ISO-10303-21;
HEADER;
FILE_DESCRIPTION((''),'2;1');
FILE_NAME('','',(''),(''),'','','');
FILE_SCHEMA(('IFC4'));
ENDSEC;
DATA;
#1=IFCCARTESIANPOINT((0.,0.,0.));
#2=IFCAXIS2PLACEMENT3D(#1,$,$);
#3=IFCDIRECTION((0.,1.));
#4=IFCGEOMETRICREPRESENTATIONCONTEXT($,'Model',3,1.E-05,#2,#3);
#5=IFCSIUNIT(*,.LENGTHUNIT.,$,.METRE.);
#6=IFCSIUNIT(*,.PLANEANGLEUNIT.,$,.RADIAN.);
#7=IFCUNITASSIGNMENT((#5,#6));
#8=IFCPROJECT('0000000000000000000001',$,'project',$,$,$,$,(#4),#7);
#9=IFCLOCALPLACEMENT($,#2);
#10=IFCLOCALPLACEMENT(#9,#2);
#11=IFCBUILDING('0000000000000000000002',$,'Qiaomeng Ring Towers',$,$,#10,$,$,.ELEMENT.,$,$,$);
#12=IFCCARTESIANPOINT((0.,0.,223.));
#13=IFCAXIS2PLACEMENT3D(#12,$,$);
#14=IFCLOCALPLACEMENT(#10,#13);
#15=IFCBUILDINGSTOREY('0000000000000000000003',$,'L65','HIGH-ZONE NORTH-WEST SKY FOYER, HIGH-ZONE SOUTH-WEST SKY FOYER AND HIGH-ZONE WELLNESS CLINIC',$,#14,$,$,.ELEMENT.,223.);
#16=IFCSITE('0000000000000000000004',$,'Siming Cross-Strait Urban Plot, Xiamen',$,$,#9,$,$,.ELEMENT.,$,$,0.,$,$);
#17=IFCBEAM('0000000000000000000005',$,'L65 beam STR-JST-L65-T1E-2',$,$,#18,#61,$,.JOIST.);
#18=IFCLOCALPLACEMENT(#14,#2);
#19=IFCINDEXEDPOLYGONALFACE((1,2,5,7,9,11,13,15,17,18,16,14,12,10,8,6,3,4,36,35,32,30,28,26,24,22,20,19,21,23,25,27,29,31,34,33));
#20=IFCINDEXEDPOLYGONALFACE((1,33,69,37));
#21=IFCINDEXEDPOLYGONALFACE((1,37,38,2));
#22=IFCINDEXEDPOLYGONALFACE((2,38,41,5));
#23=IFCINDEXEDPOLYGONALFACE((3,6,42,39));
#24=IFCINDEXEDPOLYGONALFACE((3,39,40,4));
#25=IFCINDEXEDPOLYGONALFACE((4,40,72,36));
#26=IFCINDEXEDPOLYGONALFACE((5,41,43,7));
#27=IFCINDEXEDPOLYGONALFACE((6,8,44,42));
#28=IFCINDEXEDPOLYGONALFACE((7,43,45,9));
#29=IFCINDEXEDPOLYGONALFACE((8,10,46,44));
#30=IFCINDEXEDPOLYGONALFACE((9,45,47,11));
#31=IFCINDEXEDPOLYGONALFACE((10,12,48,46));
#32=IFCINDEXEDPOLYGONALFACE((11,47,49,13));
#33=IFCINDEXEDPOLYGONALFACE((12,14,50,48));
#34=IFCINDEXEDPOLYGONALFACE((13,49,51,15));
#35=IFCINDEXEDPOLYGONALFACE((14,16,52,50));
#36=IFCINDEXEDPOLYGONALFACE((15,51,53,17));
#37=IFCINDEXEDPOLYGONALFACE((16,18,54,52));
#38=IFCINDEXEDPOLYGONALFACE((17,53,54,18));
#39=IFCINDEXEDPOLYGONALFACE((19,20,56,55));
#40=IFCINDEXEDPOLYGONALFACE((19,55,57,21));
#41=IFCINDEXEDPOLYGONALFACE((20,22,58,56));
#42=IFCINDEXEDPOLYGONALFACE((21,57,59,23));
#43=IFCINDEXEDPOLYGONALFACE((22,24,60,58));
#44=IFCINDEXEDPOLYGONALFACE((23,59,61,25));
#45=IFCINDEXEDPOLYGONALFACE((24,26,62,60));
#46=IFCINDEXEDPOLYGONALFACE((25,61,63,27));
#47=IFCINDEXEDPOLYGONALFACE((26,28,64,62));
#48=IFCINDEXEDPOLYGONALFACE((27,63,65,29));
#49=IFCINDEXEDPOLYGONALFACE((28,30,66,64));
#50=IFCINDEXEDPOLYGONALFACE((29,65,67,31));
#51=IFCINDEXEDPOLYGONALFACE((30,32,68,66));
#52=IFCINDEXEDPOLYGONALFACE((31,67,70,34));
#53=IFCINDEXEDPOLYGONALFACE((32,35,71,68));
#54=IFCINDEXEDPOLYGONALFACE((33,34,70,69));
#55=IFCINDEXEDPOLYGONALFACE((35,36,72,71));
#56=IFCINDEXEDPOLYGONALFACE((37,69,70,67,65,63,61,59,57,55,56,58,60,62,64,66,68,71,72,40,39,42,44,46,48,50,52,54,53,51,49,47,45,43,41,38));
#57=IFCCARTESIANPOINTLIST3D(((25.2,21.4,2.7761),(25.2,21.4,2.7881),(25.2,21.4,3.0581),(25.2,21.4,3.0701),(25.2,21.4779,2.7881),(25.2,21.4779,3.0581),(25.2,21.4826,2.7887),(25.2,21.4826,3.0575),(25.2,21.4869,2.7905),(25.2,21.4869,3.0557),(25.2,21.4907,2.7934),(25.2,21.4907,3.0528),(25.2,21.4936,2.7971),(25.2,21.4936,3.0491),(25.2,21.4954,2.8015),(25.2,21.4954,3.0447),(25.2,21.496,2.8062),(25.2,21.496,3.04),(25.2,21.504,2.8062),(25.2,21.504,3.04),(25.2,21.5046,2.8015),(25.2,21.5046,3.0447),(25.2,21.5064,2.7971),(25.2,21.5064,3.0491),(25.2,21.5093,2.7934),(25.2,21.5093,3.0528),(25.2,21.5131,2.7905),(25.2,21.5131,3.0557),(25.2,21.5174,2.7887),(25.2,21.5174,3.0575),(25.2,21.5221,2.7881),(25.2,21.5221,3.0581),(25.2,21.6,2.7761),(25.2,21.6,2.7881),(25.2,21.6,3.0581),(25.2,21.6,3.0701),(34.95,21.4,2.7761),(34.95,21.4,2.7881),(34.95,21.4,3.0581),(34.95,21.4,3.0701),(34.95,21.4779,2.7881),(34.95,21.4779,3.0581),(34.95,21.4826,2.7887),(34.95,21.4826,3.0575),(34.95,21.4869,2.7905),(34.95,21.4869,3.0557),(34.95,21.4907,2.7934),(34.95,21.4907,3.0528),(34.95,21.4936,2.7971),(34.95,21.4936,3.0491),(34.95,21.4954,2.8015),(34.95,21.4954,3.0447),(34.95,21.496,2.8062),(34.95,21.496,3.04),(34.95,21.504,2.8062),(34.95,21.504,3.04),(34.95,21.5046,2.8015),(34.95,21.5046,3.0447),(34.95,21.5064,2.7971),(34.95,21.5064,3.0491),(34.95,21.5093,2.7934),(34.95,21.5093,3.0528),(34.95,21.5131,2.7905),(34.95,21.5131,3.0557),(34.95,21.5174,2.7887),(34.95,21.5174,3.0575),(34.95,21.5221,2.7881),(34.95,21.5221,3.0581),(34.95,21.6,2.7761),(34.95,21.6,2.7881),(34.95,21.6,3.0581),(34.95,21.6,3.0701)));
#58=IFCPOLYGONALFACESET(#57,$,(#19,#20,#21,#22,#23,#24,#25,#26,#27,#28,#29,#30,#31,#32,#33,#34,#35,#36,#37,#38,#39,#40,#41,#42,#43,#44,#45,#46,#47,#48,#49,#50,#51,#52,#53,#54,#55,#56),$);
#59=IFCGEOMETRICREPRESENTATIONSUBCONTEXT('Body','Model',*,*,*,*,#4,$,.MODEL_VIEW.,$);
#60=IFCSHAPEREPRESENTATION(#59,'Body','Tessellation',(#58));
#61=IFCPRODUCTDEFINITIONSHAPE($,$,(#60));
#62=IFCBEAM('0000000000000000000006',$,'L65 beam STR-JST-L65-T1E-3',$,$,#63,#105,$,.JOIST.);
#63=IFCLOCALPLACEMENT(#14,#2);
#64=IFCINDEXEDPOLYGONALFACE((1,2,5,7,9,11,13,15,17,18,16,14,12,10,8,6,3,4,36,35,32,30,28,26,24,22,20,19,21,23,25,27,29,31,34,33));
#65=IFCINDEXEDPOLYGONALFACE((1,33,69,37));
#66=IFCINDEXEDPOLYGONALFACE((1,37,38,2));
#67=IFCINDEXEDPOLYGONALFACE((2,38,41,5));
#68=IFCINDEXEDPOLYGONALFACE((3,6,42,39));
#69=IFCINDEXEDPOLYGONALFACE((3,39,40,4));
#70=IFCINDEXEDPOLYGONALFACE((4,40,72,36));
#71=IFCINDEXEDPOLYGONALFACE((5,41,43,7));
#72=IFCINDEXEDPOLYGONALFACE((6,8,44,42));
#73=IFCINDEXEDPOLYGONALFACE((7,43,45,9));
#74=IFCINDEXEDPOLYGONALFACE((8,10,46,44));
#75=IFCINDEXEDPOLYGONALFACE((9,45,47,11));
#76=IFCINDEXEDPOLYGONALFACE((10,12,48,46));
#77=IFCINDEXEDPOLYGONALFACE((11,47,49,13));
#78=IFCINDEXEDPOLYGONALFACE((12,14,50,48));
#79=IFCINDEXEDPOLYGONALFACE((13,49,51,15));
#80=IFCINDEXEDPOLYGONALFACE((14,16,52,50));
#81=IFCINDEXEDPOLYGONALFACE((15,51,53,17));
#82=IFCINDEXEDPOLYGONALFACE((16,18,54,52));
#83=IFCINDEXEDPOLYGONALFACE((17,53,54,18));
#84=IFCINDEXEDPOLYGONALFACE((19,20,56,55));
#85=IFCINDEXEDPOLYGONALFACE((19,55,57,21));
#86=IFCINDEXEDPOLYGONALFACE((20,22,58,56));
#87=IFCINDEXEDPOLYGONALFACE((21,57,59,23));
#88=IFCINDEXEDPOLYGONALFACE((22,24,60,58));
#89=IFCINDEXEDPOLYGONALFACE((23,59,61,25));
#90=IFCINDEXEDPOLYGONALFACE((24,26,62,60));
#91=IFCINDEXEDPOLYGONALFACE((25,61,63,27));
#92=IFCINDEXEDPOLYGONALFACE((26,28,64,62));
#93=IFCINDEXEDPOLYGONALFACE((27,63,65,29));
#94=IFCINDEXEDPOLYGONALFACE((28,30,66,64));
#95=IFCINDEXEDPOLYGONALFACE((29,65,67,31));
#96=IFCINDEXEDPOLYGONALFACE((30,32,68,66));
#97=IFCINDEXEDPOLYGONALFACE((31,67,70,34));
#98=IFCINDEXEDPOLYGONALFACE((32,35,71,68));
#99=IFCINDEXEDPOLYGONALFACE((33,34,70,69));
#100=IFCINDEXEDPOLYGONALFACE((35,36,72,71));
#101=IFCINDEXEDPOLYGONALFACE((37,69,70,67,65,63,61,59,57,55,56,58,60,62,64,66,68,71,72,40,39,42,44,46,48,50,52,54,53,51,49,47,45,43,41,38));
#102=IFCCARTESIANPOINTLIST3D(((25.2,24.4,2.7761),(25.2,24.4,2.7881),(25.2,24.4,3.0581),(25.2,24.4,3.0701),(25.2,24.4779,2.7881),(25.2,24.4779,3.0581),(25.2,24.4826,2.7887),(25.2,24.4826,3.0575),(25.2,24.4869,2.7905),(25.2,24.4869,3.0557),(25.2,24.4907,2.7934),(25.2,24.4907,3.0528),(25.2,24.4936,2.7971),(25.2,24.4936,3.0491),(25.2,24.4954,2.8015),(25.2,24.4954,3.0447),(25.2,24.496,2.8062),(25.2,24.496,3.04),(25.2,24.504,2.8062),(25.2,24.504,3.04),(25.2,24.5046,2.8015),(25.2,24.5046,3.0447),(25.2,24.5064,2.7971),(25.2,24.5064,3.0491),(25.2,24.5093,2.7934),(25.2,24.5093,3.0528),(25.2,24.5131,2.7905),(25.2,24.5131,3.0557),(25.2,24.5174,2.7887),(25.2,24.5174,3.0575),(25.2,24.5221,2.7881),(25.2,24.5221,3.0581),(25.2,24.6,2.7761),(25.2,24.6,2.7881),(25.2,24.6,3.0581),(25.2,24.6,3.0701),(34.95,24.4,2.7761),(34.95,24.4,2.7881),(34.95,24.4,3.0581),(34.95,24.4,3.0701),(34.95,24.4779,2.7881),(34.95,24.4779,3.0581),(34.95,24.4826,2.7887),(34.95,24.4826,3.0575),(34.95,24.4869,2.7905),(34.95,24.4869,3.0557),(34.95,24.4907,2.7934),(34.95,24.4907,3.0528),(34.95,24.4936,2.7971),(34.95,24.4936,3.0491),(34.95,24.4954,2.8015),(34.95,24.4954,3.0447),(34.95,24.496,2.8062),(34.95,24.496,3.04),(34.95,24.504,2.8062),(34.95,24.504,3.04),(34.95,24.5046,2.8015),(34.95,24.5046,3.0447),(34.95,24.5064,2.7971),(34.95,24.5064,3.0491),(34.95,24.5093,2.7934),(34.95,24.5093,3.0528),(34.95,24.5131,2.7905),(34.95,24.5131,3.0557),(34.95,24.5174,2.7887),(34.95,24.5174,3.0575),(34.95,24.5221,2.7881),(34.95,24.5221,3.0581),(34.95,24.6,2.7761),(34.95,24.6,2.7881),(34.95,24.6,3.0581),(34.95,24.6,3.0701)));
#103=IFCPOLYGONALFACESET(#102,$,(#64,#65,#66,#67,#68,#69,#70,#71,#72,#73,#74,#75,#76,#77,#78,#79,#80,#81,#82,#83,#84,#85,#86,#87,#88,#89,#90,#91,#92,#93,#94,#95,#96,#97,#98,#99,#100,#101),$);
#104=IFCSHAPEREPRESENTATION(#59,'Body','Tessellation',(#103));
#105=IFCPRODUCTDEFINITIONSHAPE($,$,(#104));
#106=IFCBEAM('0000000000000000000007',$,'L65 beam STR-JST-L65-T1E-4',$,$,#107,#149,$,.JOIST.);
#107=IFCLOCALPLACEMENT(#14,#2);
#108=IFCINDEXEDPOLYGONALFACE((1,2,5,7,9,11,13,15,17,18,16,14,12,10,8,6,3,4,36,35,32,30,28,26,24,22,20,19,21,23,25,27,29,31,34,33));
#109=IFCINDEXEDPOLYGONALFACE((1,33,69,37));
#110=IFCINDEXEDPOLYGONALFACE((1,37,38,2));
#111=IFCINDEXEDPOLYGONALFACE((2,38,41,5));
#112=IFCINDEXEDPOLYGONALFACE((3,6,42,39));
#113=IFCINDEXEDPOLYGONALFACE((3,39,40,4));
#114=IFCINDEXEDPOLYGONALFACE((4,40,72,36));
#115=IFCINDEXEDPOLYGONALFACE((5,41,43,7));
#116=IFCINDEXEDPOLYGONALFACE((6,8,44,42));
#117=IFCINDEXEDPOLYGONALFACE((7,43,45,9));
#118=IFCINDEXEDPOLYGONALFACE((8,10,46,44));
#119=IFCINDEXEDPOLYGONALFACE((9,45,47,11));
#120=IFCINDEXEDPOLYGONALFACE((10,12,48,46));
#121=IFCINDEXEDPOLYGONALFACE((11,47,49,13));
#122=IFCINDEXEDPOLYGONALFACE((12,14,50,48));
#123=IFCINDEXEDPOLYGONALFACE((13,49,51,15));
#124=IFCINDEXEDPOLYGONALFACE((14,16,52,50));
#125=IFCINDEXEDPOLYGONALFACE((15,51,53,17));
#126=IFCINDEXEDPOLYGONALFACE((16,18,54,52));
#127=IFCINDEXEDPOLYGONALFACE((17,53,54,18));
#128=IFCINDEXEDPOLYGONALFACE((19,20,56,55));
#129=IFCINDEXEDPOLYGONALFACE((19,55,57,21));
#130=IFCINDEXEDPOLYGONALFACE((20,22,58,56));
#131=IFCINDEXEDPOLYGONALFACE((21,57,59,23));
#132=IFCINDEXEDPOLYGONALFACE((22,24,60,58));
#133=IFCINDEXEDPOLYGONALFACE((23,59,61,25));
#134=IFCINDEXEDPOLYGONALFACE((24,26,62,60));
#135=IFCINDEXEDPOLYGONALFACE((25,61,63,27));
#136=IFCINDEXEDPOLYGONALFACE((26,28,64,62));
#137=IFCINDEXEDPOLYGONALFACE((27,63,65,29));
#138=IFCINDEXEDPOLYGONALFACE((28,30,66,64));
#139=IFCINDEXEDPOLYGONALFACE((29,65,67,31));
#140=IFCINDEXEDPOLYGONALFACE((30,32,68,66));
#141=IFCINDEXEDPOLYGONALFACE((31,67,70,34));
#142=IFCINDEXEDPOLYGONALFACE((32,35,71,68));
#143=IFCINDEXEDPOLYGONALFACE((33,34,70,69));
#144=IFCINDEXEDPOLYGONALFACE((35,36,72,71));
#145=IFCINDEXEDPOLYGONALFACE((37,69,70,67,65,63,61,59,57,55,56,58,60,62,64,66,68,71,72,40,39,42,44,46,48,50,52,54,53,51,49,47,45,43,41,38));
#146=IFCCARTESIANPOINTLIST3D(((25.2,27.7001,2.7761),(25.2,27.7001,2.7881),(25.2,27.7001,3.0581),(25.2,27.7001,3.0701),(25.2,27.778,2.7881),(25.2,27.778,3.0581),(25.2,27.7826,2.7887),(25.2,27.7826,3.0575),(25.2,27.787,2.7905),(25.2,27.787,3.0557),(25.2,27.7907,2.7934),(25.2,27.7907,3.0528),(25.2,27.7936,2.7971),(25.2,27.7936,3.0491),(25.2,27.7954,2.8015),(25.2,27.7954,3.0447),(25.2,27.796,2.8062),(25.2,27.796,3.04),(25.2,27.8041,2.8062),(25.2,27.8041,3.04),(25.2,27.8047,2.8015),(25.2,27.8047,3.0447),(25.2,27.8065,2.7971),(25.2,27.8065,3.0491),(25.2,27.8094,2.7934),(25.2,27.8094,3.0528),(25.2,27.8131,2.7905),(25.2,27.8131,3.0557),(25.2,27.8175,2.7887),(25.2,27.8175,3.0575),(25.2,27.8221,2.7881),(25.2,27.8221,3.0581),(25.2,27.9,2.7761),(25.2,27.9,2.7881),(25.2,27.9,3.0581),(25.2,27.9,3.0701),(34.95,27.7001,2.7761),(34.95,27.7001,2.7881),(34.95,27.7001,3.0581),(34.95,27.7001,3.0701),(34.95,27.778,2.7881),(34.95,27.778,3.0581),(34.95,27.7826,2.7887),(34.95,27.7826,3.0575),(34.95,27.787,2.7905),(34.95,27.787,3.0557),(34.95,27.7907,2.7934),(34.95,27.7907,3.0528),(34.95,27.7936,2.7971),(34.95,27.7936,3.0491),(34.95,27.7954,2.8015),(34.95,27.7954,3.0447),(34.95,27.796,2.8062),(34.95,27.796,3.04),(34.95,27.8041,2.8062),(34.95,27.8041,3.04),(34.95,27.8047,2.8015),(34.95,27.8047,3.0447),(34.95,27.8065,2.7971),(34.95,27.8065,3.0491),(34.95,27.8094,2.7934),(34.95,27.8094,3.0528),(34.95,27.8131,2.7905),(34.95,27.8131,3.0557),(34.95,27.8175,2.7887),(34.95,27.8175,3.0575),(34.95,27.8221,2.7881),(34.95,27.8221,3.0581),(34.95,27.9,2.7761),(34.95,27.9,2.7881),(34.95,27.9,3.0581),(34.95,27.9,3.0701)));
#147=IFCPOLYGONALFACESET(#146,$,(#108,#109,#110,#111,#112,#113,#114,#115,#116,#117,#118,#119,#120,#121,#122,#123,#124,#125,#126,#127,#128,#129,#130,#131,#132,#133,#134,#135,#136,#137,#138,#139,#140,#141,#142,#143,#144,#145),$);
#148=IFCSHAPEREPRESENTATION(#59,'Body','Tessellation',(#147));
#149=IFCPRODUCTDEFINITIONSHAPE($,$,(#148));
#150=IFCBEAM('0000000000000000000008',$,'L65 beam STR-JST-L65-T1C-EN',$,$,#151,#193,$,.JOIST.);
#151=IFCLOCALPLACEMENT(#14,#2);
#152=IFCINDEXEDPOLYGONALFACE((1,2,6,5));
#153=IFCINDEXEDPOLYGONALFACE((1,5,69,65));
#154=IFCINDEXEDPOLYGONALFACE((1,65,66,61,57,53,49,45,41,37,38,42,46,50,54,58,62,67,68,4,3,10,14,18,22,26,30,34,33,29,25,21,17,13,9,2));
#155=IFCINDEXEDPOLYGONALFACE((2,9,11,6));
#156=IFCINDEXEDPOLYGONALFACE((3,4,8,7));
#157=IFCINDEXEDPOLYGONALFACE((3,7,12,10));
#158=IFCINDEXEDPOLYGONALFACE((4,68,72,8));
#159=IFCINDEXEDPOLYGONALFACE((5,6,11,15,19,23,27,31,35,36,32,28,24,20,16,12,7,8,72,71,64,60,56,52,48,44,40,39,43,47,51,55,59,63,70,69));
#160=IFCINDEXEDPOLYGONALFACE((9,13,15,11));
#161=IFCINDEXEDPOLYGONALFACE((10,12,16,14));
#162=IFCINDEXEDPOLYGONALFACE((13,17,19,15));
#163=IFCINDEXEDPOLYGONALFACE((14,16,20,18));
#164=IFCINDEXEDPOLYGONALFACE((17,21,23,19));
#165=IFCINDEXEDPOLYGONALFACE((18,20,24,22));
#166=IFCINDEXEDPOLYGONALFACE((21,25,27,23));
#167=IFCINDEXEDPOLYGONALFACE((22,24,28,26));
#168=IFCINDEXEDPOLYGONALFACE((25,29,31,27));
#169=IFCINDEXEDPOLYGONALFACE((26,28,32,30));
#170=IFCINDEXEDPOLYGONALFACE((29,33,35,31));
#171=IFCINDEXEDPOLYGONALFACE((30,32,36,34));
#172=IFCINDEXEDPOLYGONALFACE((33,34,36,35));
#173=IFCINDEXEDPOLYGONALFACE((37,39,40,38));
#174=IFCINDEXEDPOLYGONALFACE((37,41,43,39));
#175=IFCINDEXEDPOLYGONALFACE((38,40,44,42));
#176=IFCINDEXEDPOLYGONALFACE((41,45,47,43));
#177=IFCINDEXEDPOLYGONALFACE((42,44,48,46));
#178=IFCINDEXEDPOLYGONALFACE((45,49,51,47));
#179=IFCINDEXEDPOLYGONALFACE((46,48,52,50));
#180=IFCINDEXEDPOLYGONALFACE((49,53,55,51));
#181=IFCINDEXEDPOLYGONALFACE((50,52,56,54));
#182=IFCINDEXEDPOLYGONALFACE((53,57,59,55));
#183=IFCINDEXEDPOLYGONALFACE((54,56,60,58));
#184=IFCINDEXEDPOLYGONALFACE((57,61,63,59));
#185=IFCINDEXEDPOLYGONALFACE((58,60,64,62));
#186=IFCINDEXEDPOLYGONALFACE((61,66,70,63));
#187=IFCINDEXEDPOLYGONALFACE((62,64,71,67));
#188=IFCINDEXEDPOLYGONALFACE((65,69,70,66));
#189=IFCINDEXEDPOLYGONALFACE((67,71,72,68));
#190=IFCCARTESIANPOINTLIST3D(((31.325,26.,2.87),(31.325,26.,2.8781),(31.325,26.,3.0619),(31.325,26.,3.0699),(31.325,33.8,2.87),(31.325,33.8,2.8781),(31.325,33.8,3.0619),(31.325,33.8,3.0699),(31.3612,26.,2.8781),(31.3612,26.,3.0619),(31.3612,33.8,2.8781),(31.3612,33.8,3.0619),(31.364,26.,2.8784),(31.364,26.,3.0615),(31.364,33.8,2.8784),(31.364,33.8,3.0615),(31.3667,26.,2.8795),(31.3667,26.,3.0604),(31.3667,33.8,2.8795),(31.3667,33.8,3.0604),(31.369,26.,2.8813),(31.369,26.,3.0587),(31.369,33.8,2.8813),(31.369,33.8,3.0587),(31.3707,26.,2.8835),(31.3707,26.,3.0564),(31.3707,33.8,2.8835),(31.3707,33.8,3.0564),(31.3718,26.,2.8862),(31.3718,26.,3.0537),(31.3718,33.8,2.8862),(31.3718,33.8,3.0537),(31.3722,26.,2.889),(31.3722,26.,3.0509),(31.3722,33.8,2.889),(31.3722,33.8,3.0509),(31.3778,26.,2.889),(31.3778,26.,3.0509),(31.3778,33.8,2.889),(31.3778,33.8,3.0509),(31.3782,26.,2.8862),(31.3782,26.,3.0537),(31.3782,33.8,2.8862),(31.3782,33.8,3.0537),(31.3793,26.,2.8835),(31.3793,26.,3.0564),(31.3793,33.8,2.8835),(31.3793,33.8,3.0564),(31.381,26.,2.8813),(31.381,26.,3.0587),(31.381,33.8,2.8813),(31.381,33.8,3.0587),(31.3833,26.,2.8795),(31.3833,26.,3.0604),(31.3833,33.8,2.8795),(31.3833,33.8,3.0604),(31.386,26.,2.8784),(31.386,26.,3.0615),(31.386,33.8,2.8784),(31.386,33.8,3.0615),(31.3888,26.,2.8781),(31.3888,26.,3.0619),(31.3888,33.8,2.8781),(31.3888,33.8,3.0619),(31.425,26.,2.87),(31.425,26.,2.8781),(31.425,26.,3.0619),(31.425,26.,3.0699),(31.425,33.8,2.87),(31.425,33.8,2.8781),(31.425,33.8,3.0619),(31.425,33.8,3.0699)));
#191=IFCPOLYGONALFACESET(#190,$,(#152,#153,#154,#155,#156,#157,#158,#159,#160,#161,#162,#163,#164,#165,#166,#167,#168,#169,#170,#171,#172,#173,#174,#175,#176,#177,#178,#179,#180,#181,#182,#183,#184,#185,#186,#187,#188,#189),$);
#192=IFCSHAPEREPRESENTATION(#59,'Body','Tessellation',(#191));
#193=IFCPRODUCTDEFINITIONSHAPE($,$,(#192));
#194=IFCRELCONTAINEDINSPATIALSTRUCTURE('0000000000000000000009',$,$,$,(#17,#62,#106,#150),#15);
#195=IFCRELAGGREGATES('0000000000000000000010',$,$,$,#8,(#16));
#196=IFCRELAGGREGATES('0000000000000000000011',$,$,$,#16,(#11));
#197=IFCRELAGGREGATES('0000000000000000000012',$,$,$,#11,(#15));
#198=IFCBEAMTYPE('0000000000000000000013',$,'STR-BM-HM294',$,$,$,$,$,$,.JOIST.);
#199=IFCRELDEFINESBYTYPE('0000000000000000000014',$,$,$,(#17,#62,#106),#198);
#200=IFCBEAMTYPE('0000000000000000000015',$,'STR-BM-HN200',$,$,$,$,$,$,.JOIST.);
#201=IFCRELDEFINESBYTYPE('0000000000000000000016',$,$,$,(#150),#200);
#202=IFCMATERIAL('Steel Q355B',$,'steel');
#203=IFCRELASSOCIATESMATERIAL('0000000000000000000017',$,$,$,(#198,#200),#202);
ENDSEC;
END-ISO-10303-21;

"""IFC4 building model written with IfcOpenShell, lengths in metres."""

from ifc_helpers import new_model, si_unit, direction, frame, origin, origin_2d, place, context, subcontext, project, spatial, i_section, extrude, source, transform, mapped, material, material_profile, profile_set, type_object, element, save


model = new_model("IFC4")

# Units and contexts
model_context = context("Model", 3, precision=1e-05, world=origin(), true_north=direction((0.0, 1.0)))
body_context = subcontext(model_context, "Body", "Model", "MODEL_VIEW")
ifc_project = project(units=[si_unit("LENGTHUNIT", "METRE"), si_unit("PLANEANGLEUNIT", "RADIAN")], contexts=[model_context])

# Site, building, storey
site_placement = place(None, origin())
site = spatial("IfcSite", under=ifc_project, at=site_placement, Name="Siming Cross-Strait Urban Plot, Xiamen", CompositionType="ELEMENT", RefElevation=0.0)
building_placement = place(site_placement, origin())
building = spatial("IfcBuilding", under=site, at=building_placement, Name="Qiaomeng Ring Towers", CompositionType="ELEMENT")
storey_placement = place(building_placement, frame((0.0, 0.0, 223.0)))
storey = spatial("IfcBuildingStorey", under=building, at=storey_placement, Name="L65", Description="HIGH-ZONE NORTH-WEST SKY FOYER, HIGH-ZONE SOUTH-WEST SKY FOYER AND HIGH-ZONE WELLNESS CLINIC", CompositionType="ELEMENT", Elevation=223.0)

# Beams
ifc_material_1 = material(Name="Steel Q355B", Category="steel")
ifc_material_profile_1 = material_profile(ifc_material_1, i_section(OverallWidth=0.2, OverallDepth=0.2939, WebThickness=0.0081, FlangeThickness=0.012, FilletRadius=0.0181, at=origin_2d()), Name="HM 294x200x8x12")
ifc_profile_set_1 = profile_set([ifc_material_profile_1], Name="Steel Q355B")
beam_type_1 = type_object("IfcBeamType", Name="STR-BM-HM294", PredefinedType="JOIST", material=ifc_profile_set_1)
shared_shape_1 = source(origin(), body_context, "Body", "SweptSolid", [
    extrude(i_section(OverallWidth=0.2, OverallDepth=0.2939, WebThickness=0.0081, FlangeThickness=0.012, FilletRadius=0.0181, at=origin_2d()), origin(), (0.0, 0.0, 1.0), 9.75),
])
for number, where, z_axis, x_axis, name in (
    (1, (25.2, 21.5, 2.9231), (1.0, 0.0, 0.0), (0.0, 1.0, 0.0), "L65 beam STR-JST-L65-T1E-2"),
    (2, (25.2, 24.5, 2.9231), (1.0, 0.0, 0.0), (0.0, 1.0, 0.0), "L65 beam STR-JST-L65-T1E-3"),
    (3, (25.2, 27.8, 2.9231), (1.0, 0.0, 0.0), (0.0, 1.0, 0.0), "L65 beam STR-JST-L65-T1E-4"),
):
    element("IfcBeam", number, at=place(storey_placement, frame(where, z_axis=z_axis, x_axis=x_axis)), inside=storey, type_object=beam_type_1, Name=name, PredefinedType="JOIST", context=body_context, shape_type="MappedRepresentation", body=[
        mapped(shared_shape_1, transform((0.0, 0.0, 0.0), x_axis=(1.0, 0.0, 0.0), y_axis=(0.0, 1.0, 0.0), z_axis=(0.0, 0.0, 1.0), scale=1.0)),
    ])
ifc_material_profile_2 = material_profile(ifc_material_1, i_section(OverallWidth=0.1001, OverallDepth=0.2, WebThickness=0.0056, FlangeThickness=0.0081, FilletRadius=0.011, at=origin_2d()), Name="HN 200x100x5.5x8")
ifc_profile_set_2 = profile_set([ifc_material_profile_2], Name="Steel Q355B")
beam_type_2 = type_object("IfcBeamType", Name="STR-BM-HN200", PredefinedType="JOIST", material=ifc_profile_set_2)
shared_shape_2 = source(origin(), body_context, "Body", "SweptSolid", [
    extrude(i_section(OverallWidth=0.1001, OverallDepth=0.2, WebThickness=0.0056, FlangeThickness=0.0081, FilletRadius=0.011, at=origin_2d()), origin(), (0.0, 0.0, 1.0), 7.8),
])
beam_1_placement = place(storey_placement, frame((31.375, 26.0, 2.97), z_axis=(0.0, 1.0, 0.0), x_axis=(-1.0, 0.0, 0.0)))
element("IfcBeam", 4, at=beam_1_placement, inside=storey, type_object=beam_type_2, Name="L65 beam STR-JST-L65-T1C-EN", PredefinedType="JOIST", context=body_context, shape_type="MappedRepresentation", body=[
    mapped(shared_shape_2, transform((0.0, 0.0, 0.0), x_axis=(1.0, 0.0, 0.0), y_axis=(0.0, 1.0, 0.0), z_axis=(0.0, 0.0, 1.0), scale=1.0)),
])

save(model, "model.ifc")
